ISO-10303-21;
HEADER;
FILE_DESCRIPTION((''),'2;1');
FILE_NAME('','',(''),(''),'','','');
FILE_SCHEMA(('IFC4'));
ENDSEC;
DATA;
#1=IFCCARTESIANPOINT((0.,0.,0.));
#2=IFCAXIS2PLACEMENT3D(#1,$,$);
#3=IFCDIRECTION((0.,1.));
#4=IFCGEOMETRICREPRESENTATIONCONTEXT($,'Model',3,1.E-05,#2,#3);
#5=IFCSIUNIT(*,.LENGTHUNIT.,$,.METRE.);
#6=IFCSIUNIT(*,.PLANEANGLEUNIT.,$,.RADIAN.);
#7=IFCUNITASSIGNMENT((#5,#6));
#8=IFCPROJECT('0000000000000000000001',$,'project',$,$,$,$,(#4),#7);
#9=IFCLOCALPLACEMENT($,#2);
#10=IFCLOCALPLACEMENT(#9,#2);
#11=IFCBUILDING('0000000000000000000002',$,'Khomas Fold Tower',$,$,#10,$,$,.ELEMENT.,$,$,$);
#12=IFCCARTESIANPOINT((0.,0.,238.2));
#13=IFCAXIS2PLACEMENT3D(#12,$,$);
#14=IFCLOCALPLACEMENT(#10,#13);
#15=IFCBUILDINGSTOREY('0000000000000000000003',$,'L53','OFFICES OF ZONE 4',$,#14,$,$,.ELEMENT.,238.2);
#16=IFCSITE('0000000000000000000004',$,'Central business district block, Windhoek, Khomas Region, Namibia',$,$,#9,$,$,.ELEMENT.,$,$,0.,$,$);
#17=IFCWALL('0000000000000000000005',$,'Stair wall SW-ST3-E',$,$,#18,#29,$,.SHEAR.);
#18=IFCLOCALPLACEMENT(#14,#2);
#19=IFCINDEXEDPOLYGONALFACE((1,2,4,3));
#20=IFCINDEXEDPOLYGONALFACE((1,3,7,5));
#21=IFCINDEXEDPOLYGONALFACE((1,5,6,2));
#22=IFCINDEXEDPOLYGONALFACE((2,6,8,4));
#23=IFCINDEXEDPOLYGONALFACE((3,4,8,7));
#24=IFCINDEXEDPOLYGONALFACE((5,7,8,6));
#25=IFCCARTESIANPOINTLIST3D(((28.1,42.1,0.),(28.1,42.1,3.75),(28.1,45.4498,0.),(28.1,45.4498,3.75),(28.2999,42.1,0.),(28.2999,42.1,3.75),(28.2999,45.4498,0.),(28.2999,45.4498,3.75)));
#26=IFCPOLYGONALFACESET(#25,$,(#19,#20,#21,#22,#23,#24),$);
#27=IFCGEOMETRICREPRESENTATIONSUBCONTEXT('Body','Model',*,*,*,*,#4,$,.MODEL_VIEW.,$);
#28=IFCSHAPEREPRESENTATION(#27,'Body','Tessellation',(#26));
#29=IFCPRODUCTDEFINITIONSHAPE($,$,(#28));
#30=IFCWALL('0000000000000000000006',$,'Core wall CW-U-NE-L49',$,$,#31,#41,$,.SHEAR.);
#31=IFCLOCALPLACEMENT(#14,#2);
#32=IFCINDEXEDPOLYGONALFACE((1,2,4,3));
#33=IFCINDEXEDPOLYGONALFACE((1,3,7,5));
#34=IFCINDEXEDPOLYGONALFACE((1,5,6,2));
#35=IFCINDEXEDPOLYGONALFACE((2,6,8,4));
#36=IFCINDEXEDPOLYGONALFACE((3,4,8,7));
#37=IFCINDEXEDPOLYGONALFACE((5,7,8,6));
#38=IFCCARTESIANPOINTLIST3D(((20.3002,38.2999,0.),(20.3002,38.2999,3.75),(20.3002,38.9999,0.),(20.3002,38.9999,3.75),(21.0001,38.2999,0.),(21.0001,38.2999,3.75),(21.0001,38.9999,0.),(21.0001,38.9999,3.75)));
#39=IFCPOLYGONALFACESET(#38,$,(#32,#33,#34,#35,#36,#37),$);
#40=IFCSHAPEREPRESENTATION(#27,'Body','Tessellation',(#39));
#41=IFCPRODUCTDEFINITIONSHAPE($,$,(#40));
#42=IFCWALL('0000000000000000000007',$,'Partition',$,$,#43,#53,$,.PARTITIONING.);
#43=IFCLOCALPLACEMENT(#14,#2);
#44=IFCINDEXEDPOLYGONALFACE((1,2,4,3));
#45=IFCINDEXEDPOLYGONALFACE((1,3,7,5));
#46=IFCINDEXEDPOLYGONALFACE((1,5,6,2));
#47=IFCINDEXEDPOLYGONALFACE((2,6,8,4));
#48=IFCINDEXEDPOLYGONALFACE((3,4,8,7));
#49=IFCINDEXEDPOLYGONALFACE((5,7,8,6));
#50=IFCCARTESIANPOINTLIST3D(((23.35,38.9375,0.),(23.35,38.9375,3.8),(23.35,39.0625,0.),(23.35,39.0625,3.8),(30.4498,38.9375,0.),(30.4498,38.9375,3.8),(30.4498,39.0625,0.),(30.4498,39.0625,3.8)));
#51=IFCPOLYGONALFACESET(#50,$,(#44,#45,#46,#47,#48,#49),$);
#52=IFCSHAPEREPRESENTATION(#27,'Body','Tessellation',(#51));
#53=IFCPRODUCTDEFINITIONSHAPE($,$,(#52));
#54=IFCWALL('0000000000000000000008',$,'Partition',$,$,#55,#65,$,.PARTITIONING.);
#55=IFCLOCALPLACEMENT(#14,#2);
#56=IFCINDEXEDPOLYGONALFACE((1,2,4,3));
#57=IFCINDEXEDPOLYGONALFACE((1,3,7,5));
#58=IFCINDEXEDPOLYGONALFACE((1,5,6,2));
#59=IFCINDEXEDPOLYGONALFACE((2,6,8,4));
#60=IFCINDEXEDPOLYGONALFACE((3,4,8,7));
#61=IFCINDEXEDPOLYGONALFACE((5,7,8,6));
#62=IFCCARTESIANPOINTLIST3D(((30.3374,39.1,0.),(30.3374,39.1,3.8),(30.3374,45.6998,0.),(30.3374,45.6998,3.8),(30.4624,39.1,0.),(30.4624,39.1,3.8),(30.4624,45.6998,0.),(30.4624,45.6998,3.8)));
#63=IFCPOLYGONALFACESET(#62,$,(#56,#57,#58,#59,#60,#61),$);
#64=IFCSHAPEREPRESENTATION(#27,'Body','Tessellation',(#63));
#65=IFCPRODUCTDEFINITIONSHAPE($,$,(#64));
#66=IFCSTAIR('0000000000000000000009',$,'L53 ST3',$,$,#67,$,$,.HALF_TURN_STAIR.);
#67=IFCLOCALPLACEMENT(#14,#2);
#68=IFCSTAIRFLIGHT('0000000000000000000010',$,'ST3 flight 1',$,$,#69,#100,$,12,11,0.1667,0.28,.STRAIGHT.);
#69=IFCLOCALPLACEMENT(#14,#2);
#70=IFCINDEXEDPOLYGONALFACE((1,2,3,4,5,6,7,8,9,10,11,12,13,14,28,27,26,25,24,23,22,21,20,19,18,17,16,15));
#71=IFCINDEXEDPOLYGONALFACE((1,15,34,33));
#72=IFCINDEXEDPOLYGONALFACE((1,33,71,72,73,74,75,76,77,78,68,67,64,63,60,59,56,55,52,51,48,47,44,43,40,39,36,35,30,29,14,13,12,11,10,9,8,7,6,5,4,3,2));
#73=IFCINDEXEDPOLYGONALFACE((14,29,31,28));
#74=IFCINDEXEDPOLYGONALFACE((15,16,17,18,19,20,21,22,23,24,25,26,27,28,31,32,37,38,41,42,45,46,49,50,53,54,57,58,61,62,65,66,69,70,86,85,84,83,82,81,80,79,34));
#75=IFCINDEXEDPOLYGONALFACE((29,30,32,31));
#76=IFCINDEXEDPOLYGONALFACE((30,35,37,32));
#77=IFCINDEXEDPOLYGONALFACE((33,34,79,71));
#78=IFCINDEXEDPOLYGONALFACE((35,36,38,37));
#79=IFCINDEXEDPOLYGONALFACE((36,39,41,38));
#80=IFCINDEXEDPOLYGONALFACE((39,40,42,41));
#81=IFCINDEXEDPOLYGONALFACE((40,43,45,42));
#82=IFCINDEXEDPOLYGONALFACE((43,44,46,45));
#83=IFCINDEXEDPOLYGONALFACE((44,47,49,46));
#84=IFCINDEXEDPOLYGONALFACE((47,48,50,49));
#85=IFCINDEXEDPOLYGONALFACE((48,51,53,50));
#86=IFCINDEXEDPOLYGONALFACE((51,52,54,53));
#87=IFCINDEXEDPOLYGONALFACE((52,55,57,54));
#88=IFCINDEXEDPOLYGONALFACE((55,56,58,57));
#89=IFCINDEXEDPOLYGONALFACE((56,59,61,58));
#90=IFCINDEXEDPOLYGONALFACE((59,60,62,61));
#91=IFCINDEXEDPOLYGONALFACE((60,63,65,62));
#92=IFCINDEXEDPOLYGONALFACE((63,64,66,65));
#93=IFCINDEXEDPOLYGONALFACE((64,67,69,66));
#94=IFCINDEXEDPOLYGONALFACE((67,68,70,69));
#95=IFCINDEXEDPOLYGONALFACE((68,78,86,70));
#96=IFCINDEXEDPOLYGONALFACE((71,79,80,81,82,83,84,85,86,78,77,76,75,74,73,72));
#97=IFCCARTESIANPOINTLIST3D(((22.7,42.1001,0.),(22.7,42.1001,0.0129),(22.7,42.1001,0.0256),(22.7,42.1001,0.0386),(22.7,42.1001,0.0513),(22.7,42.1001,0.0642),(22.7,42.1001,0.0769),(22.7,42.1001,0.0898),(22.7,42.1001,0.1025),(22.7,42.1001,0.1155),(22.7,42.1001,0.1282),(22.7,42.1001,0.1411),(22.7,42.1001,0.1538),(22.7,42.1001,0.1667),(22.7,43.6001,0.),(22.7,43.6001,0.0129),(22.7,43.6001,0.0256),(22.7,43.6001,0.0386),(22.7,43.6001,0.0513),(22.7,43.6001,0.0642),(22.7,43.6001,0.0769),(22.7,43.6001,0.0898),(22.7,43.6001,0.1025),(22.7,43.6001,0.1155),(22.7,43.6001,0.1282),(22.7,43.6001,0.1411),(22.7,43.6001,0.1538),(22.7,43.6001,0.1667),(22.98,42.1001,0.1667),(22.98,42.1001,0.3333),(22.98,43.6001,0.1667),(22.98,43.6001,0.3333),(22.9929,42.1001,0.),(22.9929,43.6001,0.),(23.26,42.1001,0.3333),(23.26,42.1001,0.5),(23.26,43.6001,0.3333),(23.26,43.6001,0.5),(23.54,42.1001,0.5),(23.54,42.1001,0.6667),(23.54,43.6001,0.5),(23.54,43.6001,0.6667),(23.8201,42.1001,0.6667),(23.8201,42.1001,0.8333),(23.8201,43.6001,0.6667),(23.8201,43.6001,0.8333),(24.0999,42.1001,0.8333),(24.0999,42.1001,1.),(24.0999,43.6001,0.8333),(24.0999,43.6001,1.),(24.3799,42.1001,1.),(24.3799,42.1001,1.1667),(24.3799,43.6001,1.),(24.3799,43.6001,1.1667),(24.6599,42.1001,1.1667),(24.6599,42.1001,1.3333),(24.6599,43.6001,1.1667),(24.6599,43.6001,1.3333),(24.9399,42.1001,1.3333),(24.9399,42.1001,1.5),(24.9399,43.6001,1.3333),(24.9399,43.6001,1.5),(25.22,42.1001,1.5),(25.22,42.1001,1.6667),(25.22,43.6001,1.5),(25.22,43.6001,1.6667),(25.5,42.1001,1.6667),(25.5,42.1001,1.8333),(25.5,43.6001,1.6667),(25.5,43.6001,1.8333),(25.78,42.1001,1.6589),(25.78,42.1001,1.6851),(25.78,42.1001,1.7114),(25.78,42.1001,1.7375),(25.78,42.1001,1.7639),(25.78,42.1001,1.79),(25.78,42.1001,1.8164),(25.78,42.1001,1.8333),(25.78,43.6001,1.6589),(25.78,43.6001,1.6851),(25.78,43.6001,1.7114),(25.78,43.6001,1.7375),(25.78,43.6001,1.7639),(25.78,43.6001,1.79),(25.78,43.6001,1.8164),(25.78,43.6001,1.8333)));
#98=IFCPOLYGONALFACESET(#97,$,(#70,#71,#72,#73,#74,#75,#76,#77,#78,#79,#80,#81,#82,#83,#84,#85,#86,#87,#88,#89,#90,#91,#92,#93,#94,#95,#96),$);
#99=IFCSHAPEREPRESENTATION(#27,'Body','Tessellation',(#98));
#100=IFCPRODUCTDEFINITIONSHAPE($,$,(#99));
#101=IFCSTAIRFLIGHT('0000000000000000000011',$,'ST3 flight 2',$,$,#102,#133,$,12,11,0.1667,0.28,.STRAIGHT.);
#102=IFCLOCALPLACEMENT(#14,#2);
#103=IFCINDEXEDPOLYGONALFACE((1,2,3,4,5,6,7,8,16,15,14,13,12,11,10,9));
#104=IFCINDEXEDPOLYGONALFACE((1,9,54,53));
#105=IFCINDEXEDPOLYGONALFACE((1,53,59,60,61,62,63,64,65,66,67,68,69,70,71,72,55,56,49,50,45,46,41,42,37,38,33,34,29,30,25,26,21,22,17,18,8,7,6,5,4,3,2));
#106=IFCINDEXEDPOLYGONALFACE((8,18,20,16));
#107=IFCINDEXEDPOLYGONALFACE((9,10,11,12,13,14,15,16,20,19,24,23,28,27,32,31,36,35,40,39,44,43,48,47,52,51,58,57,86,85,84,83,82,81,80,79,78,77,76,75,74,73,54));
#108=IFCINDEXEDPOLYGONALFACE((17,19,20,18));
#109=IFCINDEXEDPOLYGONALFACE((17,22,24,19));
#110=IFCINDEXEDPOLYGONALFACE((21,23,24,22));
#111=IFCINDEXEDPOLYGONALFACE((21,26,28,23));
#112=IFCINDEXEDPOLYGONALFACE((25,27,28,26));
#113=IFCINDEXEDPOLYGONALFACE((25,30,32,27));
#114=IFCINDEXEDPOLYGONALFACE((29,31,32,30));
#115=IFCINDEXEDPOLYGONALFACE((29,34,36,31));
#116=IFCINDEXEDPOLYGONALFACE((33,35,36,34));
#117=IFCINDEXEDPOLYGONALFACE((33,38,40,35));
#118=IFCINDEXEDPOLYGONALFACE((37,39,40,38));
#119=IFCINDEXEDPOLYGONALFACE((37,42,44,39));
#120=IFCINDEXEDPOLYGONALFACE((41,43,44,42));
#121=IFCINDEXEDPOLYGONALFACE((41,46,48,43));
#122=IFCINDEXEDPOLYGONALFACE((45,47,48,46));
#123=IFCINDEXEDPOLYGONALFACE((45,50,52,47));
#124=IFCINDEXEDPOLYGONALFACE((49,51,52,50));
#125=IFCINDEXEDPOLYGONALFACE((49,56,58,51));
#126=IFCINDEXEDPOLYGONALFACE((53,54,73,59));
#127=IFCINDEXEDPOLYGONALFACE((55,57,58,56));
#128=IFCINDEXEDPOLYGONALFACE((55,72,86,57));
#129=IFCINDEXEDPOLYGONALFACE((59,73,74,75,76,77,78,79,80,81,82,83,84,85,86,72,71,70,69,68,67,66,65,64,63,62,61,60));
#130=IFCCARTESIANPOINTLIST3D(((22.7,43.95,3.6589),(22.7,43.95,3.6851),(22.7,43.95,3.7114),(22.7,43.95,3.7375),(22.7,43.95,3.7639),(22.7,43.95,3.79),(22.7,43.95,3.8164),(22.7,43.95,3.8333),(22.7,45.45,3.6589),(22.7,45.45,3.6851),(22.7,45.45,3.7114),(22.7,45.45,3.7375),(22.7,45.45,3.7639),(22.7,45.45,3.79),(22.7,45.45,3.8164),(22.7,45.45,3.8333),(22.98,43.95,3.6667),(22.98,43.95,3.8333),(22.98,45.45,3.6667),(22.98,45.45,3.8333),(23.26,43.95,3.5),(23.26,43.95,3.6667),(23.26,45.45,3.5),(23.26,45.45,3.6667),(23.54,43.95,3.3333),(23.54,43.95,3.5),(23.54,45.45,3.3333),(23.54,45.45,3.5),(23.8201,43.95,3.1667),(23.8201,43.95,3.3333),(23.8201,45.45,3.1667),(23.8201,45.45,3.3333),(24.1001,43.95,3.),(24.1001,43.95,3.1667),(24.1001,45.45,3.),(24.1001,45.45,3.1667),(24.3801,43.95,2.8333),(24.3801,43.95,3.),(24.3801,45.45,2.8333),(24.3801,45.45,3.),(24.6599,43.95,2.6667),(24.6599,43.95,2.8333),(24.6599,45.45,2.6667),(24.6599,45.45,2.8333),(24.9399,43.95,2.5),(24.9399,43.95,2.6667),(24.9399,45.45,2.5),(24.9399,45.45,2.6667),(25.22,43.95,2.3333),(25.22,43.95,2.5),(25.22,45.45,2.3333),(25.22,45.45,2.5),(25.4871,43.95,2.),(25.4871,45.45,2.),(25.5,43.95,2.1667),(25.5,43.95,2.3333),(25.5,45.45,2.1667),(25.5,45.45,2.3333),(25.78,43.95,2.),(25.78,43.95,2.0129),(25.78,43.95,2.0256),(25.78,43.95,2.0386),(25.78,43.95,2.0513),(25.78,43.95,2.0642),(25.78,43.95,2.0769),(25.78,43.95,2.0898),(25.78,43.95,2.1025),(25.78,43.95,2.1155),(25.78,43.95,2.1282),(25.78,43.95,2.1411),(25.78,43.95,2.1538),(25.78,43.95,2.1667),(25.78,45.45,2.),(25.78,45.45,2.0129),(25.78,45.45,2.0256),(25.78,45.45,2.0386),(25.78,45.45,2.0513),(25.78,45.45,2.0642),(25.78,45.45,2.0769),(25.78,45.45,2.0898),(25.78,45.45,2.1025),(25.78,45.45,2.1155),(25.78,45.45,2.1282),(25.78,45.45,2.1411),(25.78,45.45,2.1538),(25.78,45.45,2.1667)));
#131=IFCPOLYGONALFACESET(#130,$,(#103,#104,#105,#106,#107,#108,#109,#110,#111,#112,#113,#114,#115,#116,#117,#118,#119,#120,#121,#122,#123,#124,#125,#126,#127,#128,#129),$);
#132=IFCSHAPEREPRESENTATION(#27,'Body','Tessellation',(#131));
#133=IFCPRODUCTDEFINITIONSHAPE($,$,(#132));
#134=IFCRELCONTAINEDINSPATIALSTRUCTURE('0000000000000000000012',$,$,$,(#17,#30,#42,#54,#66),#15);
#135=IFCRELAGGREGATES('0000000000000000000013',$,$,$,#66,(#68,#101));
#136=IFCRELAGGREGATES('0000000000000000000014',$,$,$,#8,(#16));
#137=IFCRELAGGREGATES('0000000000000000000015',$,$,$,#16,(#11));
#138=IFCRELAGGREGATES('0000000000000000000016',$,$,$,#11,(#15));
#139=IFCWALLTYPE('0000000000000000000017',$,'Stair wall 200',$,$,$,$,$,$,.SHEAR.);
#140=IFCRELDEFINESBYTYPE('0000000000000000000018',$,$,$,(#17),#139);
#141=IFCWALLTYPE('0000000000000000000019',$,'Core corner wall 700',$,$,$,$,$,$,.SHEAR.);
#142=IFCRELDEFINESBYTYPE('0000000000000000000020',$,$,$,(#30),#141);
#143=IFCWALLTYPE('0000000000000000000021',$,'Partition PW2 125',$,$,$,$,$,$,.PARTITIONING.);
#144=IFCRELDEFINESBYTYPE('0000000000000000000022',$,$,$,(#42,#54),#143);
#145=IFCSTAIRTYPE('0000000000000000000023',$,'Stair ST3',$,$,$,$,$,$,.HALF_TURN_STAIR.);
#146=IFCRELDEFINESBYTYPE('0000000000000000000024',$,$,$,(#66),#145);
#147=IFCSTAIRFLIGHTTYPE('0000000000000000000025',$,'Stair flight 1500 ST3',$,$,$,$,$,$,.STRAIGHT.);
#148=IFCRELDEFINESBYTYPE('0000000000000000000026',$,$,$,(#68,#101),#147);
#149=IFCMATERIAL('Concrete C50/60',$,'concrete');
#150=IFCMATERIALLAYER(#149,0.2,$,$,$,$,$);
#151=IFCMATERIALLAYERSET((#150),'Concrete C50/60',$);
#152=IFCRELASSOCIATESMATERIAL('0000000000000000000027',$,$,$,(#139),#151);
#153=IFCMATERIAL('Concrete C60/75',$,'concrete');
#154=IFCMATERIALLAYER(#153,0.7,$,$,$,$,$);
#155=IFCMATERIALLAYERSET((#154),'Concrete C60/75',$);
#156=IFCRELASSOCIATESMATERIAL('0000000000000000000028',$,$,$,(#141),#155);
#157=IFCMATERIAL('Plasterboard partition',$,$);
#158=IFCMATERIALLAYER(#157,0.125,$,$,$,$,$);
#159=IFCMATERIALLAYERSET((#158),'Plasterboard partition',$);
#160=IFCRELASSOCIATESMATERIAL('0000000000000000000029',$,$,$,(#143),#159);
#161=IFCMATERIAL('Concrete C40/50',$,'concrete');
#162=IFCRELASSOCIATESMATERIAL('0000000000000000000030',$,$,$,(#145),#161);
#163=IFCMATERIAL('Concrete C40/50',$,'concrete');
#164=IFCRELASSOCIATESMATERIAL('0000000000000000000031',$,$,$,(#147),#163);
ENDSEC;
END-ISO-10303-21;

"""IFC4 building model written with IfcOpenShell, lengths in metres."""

from ifc_helpers import new_model, si_unit, direction, frame, frame_2d, origin, place, context, subcontext, project, spatial, polyline, rectangle, outline, extrude, source, transform, mapped, material, layer, layer_set, type_object, element, aggregate, save


model = new_model("IFC4")

# Units and contexts
model_context = context("Model", 3, precision=1e-05, world=origin(), true_north=direction((0.0, 1.0)))
body_context = subcontext(model_context, "Body", "Model", "MODEL_VIEW")
ifc_project = project(units=[si_unit("LENGTHUNIT", "METRE"), si_unit("PLANEANGLEUNIT", "RADIAN")], contexts=[model_context])

# Site, building, storey
site_placement = place(None, origin())
site = spatial("IfcSite", under=ifc_project, at=site_placement, Name="Central business district block, Windhoek, Khomas Region, Namibia", CompositionType="ELEMENT", RefElevation=0.0)
building_placement = place(site_placement, origin())
building = spatial("IfcBuilding", under=site, at=building_placement, Name="Khomas Fold Tower", CompositionType="ELEMENT")
storey_placement = place(building_placement, frame((0.0, 0.0, 238.2)))
storey = spatial("IfcBuildingStorey", under=building, at=storey_placement, Name="L53", Description="OFFICES OF ZONE 4", CompositionType="ELEMENT", Elevation=238.2)

# Shared definitions
ifc_material_1 = material(Name="Concrete C50/60", Category="concrete")
ifc_layer_1 = layer(ifc_material_1, 0.2)
ifc_layer_set_1 = layer_set([ifc_layer_1], Name="Concrete C50/60")
wall_type_1 = type_object("IfcWallType", Name="Stair wall 200", PredefinedType="SHEAR", material=ifc_layer_set_1)

# Walls
shared_shape_1 = source(origin(), body_context, "Body", "SweptSolid", [
    extrude(rectangle(XDim=3.3499, YDim=0.2, at=frame_2d((1.6748, 0.0))), origin(), (0.0, 0.0, 1.0), 3.75),
])
wall_1_placement = place(storey_placement, frame((28.2, 42.1001, 0.0), z_axis=(0.0, 0.0, 1.0), x_axis=(0.0, 1.0, 0.0)))
element("IfcWall", 1, at=wall_1_placement, inside=storey, type_object=wall_type_1, Name="Stair wall SW-ST3-E", PredefinedType="SHEAR", context=body_context, shape_type="MappedRepresentation", body=[
    mapped(shared_shape_1, transform((0.0, 0.0, 0.0))),
])
ifc_material_2 = material(Name="Concrete C60/75", Category="concrete")
ifc_layer_2 = layer(ifc_material_2, 0.7)
ifc_layer_set_2 = layer_set([ifc_layer_2], Name="Concrete C60/75")
wall_type_2 = type_object("IfcWallType", Name="Core corner wall 700", PredefinedType="SHEAR", material=ifc_layer_set_2)
shared_shape_2 = source(origin(), body_context, "Body", "SweptSolid", [
    extrude(rectangle(XDim=0.7, YDim=0.7, at=frame_2d((0.3501, 0.0))), origin(), (0.0, 0.0, 1.0), 3.75),
])
wall_2_placement = place(storey_placement, frame((20.3, 38.6499, 0.0), z_axis=(0.0, 0.0, 1.0), x_axis=(1.0, 0.0, 0.0)))
element("IfcWall", 2, at=wall_2_placement, inside=storey, type_object=wall_type_2, Name="Core wall CW-U-NE-L49", PredefinedType="SHEAR", context=body_context, shape_type="MappedRepresentation", body=[
    mapped(shared_shape_2, transform((0.0, 0.0, 0.0))),
])
ifc_material_3 = material(Name="Plasterboard partition")
ifc_layer_3 = layer(ifc_material_3, 0.125)
ifc_layer_set_3 = layer_set([ifc_layer_3], Name="Plasterboard partition")
wall_type_3 = type_object("IfcWallType", Name="Partition PW2 125", PredefinedType="PARTITIONING", material=ifc_layer_set_3)
shared_shape_3 = source(origin(), body_context, "Body", "SweptSolid", [
    extrude(rectangle(XDim=7.0999, YDim=0.125, at=frame_2d((3.5498, 0.0))), origin(), (0.0, 0.0, 1.0), 3.8),
])
wall_3_placement = place(storey_placement, frame((23.3501, 39.0, 0.0), z_axis=(0.0, 0.0, 1.0), x_axis=(1.0, 0.0, 0.0)))
element("IfcWall", 3, at=wall_3_placement, inside=storey, type_object=wall_type_3, Name="Partition", PredefinedType="PARTITIONING", context=body_context, shape_type="MappedRepresentation", body=[
    mapped(shared_shape_3, transform((0.0, 0.0, 0.0))),
])
shared_shape_4 = source(origin(), body_context, "Body", "SweptSolid", [
    extrude(rectangle(XDim=6.5999, YDim=0.125, at=frame_2d((3.2998, 0.0))), origin(), (0.0, 0.0, 1.0), 3.8),
])
wall_4_placement = place(storey_placement, frame((30.3999, 39.1001, 0.0), z_axis=(0.0, 0.0, 1.0), x_axis=(0.0, 1.0, 0.0)))
element("IfcWall", 4, at=wall_4_placement, inside=storey, type_object=wall_type_3, Name="Partition", PredefinedType="PARTITIONING", context=body_context, shape_type="MappedRepresentation", body=[
    mapped(shared_shape_4, transform((0.0, 0.0, 0.0))),
])

# Stair, stair flights
ifc_material_4 = material(Name="Concrete C40/50", Category="concrete")
stair_type = type_object("IfcStairType", Name="Stair ST3", PredefinedType="HALF_TURN_STAIR", material=ifc_material_4)
stair_placement = place(storey_placement, origin())
stair = element("IfcStair", 5, at=stair_placement, inside=storey, type_object=stair_type, Name="L53 ST3", PredefinedType="HALF_TURN_STAIR")
ifc_material_5 = material(Name="Concrete C40/50", Category="concrete")
stair_flight_type = type_object("IfcStairFlightType", Name="Stair flight 1500 ST3", PredefinedType="STRAIGHT", material=ifc_material_5)
shared_shape_5 = source(origin(), body_context, "Body", "SweptSolid", [
    extrude(outline(polyline([(0.0, 0.0), (0.0, 0.0129), (0.0, 0.0256), (0.0, 0.0386), (0.0, 0.0513), (0.0, 0.0642), (0.0, 0.0769), (0.0, 0.0898), (0.0, 0.1025), (0.0, 0.1155), (0.0, 0.1282), (0.0, 0.1411), (0.0, 0.1538), (0.0, 0.1667), (0.28, 0.1667), (0.28, 0.3333), (0.5601, 0.3333), (0.5601, 0.5), (0.8401, 0.5), (0.8401, 0.6667), (1.1201, 0.6667), (1.1201, 0.8333), (1.3999, 0.8333), (1.3999, 1.0), (1.6799, 1.0), (1.6799, 1.1667), (1.96, 1.1667), (1.96, 1.3333), (2.24, 1.3333), (2.24, 1.5), (2.52, 1.5), (2.52, 1.6667), (2.8, 1.6667), (2.8, 1.8333), (3.0801, 1.8333), (3.0801, 2.0), (3.0801, 1.9739), (3.0801, 1.9475), (3.0801, 1.9214), (3.0801, 1.895), (3.0801, 1.8689), (3.0801, 1.8425), (3.0801, 1.8164), (3.0801, 1.79), (3.0801, 1.7639), (3.0801, 1.7375), (3.0801, 1.7114), (3.0801, 1.6851), (3.0801, 1.6589), (0.293, 0.0), (0.0, 0.0)])), frame((0.0, 0.75, 0.0), z_axis=(0.0, -1.0, 0.0), x_axis=(1.0, 0.0, 0.0)), (0.0, 0.0, 1.0), 1.5),
])
stair_flight_1_placement = place(storey_placement, frame((22.7, 42.8501, 0.0), z_axis=(0.0, 0.0, 1.0), x_axis=(1.0, 0.0, 0.0)))
stair_flight_1 = element("IfcStairFlight", 6, at=stair_flight_1_placement, type_object=stair_flight_type, Name="ST3 flight 1", NumberOfRisers=12, NumberOfTreads=11, PredefinedType="STRAIGHT", RiserHeight=0.1667, TreadLength=0.28, context=body_context, shape_type="MappedRepresentation", body=[
    mapped(shared_shape_5, transform((0.0, 0.0, 0.0))),
])
stair_flight_2_placement = place(storey_placement, frame((25.78, 44.7, 2.0), z_axis=(0.0, 0.0, 1.0), x_axis=(-1.0, 0.0, 0.0)))
stair_flight_2 = element("IfcStairFlight", 7, at=stair_flight_2_placement, type_object=stair_flight_type, Name="ST3 flight 2", NumberOfRisers=12, NumberOfTreads=11, PredefinedType="STRAIGHT", RiserHeight=0.1667, TreadLength=0.28, context=body_context, shape_type="MappedRepresentation", body=[
    mapped(shared_shape_5, transform((0.0, 0.0, 0.0))),
])
aggregate(stair, [stair_flight_1, stair_flight_2])

save(model, "model.ifc")
